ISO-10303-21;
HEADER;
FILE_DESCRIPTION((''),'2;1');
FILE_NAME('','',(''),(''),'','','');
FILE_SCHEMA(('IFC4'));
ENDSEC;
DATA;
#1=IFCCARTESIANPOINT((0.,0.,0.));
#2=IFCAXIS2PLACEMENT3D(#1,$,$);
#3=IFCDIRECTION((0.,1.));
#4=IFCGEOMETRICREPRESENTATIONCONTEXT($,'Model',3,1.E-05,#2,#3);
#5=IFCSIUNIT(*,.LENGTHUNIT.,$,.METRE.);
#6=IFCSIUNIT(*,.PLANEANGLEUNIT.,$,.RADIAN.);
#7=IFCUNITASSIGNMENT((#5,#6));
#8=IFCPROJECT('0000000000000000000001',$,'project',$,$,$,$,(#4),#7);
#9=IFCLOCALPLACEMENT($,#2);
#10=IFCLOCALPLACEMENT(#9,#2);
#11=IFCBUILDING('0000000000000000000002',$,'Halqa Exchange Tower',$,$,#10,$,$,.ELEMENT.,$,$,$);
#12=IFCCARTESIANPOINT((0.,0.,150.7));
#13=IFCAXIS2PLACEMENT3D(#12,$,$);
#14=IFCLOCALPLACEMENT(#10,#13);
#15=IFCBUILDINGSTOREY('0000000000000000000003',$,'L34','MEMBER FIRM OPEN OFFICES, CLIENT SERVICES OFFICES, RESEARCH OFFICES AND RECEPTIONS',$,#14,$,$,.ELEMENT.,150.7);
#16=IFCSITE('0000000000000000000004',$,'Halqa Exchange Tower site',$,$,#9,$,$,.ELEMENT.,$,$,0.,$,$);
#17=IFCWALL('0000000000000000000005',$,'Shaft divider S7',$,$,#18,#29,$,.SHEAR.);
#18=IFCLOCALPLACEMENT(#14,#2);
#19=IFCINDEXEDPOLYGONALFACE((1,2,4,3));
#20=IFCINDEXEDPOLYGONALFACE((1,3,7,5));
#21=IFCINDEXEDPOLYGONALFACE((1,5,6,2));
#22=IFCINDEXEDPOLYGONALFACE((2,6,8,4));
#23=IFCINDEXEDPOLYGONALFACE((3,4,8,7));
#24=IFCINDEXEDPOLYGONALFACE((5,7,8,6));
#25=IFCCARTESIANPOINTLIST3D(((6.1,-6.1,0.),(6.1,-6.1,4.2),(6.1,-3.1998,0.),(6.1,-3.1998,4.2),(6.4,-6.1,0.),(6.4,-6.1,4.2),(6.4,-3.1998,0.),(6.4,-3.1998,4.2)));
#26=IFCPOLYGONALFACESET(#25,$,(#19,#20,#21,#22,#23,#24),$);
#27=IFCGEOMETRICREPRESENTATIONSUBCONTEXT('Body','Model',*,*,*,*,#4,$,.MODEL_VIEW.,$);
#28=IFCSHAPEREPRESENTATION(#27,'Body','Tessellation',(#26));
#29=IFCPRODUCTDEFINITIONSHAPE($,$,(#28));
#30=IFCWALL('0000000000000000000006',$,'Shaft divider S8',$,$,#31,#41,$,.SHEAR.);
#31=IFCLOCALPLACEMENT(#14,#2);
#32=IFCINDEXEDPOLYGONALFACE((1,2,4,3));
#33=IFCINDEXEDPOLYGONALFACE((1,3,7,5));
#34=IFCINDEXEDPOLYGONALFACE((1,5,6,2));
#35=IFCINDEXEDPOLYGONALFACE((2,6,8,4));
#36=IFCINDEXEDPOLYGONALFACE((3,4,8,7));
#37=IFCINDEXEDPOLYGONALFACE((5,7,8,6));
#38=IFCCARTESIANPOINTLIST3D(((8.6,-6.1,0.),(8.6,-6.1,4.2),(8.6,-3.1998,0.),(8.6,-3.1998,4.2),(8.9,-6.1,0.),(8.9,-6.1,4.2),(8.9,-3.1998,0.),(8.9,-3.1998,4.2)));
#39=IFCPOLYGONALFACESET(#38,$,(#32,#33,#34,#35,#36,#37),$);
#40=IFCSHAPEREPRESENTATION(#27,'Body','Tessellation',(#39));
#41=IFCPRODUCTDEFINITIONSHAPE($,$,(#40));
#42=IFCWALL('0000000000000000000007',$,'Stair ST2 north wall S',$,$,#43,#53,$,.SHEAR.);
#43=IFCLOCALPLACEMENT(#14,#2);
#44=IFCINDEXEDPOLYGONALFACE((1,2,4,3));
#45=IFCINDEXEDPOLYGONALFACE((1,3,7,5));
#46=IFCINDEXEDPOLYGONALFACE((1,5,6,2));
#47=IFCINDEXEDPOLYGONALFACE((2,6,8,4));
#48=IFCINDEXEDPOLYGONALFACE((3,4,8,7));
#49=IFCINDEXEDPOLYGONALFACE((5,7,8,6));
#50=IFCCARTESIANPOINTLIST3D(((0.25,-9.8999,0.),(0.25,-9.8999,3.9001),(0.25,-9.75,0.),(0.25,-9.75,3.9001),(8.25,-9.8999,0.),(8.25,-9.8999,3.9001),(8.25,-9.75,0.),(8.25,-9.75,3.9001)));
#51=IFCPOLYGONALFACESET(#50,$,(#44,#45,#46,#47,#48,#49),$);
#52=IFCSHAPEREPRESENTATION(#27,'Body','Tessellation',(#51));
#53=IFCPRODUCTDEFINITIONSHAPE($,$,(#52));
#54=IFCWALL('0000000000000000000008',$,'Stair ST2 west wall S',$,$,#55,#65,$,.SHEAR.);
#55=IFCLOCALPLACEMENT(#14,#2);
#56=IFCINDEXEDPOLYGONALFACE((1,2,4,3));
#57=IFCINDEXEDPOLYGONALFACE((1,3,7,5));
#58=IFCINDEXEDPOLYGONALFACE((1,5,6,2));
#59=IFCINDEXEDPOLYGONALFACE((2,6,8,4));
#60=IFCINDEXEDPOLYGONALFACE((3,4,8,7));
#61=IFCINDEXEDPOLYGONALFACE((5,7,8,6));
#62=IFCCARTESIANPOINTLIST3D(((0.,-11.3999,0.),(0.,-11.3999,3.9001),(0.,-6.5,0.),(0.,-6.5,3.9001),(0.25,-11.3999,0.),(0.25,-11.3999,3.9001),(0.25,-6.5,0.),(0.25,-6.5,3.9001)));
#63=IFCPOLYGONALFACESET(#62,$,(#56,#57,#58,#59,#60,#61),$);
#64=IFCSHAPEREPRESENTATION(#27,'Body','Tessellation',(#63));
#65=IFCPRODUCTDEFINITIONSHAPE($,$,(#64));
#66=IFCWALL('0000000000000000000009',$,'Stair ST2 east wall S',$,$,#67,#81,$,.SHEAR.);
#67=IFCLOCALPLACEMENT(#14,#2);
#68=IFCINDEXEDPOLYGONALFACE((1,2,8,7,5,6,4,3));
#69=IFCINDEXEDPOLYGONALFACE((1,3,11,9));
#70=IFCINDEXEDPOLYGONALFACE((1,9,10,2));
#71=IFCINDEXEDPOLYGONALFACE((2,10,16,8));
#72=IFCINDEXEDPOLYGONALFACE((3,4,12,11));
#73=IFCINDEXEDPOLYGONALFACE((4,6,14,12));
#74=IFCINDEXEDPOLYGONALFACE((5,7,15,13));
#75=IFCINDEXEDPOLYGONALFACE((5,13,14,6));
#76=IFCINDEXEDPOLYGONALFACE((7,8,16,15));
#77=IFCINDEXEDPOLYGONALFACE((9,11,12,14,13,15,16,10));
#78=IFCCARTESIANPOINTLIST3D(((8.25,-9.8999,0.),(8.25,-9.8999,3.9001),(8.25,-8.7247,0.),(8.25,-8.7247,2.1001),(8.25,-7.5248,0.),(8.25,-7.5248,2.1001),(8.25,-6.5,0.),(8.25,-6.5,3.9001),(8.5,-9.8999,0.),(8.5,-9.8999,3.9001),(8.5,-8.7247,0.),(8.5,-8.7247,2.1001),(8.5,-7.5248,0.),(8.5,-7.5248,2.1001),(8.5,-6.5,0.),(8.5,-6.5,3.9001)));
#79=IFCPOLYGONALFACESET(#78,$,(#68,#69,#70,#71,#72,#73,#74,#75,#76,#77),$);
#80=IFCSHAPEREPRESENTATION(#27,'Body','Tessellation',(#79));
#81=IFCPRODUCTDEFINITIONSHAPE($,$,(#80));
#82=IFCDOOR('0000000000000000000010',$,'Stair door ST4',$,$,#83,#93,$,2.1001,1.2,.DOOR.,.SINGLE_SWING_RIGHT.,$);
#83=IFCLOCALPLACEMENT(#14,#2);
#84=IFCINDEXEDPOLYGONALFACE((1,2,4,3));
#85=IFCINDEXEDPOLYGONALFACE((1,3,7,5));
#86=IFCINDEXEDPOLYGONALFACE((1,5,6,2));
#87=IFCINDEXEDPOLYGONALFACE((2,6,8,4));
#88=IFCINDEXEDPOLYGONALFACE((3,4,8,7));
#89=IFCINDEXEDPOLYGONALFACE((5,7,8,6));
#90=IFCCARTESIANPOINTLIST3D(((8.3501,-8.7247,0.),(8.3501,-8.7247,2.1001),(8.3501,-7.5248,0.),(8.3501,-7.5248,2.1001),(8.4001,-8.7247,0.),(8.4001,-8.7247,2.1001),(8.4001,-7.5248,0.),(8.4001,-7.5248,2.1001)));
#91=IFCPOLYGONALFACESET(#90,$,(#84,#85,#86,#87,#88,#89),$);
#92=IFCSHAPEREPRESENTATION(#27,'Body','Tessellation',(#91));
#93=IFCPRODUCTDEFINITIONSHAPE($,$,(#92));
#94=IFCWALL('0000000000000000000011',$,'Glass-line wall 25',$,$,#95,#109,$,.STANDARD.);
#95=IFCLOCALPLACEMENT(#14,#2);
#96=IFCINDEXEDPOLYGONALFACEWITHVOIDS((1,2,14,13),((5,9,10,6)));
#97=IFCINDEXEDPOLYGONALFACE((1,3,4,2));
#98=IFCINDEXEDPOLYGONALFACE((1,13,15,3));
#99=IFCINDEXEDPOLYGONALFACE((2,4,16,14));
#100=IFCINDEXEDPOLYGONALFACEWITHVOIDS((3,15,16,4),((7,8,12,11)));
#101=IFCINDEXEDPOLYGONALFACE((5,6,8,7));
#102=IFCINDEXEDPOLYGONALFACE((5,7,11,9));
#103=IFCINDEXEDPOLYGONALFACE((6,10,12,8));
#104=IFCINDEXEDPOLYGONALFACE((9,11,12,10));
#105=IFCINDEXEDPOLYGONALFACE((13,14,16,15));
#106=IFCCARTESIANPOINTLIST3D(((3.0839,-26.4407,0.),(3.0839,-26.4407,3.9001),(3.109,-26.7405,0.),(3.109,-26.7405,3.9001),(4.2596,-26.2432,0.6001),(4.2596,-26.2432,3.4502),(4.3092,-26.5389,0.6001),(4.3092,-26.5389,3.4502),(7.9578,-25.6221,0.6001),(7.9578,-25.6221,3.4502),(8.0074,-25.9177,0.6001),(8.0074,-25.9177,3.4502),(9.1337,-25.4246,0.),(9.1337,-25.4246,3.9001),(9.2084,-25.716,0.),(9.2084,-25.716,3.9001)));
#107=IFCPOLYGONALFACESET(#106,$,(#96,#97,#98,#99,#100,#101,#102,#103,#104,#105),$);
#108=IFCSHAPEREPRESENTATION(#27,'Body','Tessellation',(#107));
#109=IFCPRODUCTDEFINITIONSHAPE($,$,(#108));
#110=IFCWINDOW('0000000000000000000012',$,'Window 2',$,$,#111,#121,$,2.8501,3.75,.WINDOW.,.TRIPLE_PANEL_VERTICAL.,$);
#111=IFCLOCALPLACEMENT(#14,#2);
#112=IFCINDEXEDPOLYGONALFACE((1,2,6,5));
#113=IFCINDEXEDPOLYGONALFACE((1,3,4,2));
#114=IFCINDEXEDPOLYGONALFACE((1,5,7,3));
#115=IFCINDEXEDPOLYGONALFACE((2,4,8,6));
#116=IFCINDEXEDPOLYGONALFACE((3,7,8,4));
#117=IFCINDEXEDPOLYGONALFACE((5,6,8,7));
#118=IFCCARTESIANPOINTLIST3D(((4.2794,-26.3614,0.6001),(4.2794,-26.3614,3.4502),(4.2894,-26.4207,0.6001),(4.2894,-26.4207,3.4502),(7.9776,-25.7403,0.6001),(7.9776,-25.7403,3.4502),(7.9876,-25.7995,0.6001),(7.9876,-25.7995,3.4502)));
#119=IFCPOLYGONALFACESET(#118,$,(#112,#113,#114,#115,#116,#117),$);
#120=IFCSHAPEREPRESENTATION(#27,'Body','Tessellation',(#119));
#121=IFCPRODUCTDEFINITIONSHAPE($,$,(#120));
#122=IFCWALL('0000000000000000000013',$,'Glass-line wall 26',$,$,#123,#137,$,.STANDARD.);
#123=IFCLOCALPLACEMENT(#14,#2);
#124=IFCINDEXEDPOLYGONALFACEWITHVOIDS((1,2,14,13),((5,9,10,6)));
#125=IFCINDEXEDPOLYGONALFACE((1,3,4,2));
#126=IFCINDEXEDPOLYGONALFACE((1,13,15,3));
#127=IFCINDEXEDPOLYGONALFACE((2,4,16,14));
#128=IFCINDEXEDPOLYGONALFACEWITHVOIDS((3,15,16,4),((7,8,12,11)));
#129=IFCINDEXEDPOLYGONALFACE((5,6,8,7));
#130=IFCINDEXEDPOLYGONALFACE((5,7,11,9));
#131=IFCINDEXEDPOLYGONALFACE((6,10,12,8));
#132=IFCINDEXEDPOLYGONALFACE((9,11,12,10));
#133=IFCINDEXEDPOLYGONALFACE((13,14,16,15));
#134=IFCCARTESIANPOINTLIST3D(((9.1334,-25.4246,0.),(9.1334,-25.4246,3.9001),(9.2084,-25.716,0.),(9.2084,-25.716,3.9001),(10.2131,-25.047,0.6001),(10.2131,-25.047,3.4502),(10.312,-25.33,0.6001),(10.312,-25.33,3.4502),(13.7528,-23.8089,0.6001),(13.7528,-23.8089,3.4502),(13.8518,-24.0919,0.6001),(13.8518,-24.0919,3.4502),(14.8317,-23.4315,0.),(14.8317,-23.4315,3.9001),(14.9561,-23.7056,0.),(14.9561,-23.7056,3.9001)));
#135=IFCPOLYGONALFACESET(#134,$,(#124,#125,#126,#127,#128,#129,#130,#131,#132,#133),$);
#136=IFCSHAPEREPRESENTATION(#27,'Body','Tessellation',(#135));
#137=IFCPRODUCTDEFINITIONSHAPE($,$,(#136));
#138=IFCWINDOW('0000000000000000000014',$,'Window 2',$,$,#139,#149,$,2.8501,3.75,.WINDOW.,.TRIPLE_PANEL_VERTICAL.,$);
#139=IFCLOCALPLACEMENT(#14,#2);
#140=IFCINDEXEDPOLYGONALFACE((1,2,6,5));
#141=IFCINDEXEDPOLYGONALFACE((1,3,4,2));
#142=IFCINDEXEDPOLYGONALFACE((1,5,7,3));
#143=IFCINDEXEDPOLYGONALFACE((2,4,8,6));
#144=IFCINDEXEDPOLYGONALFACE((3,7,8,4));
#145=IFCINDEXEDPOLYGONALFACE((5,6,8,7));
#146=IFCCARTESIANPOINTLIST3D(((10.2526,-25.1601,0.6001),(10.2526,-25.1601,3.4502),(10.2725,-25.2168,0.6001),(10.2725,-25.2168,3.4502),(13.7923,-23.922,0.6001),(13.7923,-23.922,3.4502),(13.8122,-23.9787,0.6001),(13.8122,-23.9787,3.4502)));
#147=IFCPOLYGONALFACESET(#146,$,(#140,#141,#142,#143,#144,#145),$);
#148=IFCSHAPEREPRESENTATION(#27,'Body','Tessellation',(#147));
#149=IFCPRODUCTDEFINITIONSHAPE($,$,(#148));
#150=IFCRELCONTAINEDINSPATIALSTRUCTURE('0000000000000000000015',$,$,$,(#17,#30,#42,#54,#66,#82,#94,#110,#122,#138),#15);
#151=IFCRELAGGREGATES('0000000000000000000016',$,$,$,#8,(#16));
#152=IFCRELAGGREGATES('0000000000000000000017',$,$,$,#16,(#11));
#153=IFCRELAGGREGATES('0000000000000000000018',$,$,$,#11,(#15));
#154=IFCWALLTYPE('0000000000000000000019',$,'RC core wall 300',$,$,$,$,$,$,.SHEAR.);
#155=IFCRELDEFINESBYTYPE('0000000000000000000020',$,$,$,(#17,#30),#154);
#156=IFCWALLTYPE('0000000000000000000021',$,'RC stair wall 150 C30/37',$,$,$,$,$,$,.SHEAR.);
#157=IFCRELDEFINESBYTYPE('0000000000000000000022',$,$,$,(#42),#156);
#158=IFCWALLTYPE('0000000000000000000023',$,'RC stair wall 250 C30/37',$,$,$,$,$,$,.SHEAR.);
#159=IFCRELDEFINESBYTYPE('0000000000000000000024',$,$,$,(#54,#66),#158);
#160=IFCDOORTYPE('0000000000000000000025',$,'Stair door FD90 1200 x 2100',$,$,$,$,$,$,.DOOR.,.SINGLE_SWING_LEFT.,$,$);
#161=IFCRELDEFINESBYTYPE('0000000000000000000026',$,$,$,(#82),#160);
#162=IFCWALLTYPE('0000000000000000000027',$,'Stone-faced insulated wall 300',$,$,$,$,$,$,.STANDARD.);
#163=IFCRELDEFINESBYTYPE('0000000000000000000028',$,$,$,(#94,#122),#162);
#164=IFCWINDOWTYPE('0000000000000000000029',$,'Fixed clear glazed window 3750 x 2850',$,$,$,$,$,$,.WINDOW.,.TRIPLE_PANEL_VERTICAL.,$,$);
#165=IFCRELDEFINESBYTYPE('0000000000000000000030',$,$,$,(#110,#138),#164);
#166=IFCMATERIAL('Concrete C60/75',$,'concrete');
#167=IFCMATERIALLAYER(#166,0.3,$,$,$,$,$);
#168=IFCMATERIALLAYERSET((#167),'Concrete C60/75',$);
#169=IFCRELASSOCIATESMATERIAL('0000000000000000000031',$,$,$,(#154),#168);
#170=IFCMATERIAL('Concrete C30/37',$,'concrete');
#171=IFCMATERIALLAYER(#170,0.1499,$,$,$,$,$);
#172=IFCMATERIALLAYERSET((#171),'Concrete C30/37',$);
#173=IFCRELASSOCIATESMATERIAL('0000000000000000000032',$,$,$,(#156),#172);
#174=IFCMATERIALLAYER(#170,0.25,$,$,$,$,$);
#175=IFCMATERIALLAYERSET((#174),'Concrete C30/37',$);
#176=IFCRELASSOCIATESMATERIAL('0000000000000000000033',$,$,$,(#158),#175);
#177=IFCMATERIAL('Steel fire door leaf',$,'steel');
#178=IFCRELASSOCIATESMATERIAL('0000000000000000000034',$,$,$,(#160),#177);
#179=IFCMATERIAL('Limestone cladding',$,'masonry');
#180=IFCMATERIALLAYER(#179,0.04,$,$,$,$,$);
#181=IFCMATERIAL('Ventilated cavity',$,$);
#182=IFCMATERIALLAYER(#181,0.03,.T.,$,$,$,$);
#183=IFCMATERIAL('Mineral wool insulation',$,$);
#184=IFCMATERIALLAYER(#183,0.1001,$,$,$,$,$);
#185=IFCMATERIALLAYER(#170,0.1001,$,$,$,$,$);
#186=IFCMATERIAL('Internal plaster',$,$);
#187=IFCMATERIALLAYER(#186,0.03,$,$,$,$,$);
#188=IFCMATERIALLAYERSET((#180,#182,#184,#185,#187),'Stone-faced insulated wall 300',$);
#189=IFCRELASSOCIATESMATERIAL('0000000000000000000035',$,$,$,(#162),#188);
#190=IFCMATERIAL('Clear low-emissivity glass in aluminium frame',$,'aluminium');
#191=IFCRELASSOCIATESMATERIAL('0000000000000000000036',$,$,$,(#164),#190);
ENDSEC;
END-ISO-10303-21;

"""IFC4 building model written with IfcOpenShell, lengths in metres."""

from ifc_helpers import new_model, si_unit, direction, frame, frame_2d, origin, place, context, subcontext, project, spatial, polyline, rectangle, outline, extrude, material, layer, layer_set, type_object, element, fill, save


model = new_model("IFC4")

# Units and contexts
model_context = context("Model", 3, precision=1e-05, world=origin(), true_north=direction((0.0, 1.0)))
body_context = subcontext(model_context, "Body", "Model", "MODEL_VIEW")
ifc_project = project(units=[si_unit("LENGTHUNIT", "METRE"), si_unit("PLANEANGLEUNIT", "RADIAN")], contexts=[model_context])

# Site, building, storey
site_placement = place(None, origin())
site = spatial("IfcSite", under=ifc_project, at=site_placement, Name="Halqa Exchange Tower site", CompositionType="ELEMENT", RefElevation=0.0)
building_placement = place(site_placement, origin())
building = spatial("IfcBuilding", under=site, at=building_placement, Name="Halqa Exchange Tower", CompositionType="ELEMENT")
storey_placement = place(building_placement, frame((0.0, 0.0, 150.7)))
storey = spatial("IfcBuildingStorey", under=building, at=storey_placement, Name="L34", Description="MEMBER FIRM OPEN OFFICES, CLIENT SERVICES OFFICES, RESEARCH OFFICES AND RECEPTIONS", CompositionType="ELEMENT", Elevation=150.7)

# Shared definitions
ifc_material_1 = material(Name="Concrete C60/75", Category="concrete")

# Walls
ifc_layer_1 = layer(ifc_material_1, 0.3)
ifc_layer_set_1 = layer_set([ifc_layer_1], Name="Concrete C60/75")
wall_type_1 = type_object("IfcWallType", Name="RC core wall 300", PredefinedType="SHEAR", material=ifc_layer_set_1)
for number, where, z_axis, x_axis, name in (
    (1, (6.25, -6.1001, 0.0), (0.0, 0.0, 1.0), (0.0, 1.0, 0.0), "Shaft divider S7"),
    (2, (8.75, -6.1001, 0.0), (0.0, 0.0, 1.0), (0.0, 1.0, 0.0), "Shaft divider S8"),
):
    element("IfcWall", number, at=place(storey_placement, frame(where, z_axis=z_axis, x_axis=x_axis)), inside=storey, type_object=wall_type_1, Name=name, PredefinedType="SHEAR", context=body_context, shape_type="SweptSolid", body=[
        extrude(rectangle(XDim=2.9001, YDim=0.3, at=frame_2d((1.4502, 0.0))), origin(), (0.0, 0.0, 1.0), 4.2),
    ])
ifc_material_2 = material(Name="Concrete C30/37", Category="concrete")
ifc_layer_2 = layer(ifc_material_2, 0.1499)
ifc_layer_set_2 = layer_set([ifc_layer_2], Name="Concrete C30/37")
wall_type_2 = type_object("IfcWallType", Name="RC stair wall 150 C30/37", PredefinedType="SHEAR", material=ifc_layer_set_2)
wall_1_placement = place(storey_placement, frame((0.25, -9.825, 0.0), z_axis=(0.0, 0.0, 1.0), x_axis=(1.0, 0.0, 0.0)))
element("IfcWall", 3, at=wall_1_placement, inside=storey, type_object=wall_type_2, Name="Stair ST2 north wall S", PredefinedType="SHEAR", context=body_context, shape_type="SweptSolid", body=[
    extrude(rectangle(XDim=8.0, YDim=0.1499, at=frame_2d((4.0, 0.0))), origin(), (0.0, 0.0, 1.0), 3.9001),
])
ifc_layer_3 = layer(ifc_material_2, 0.25)
ifc_layer_set_3 = layer_set([ifc_layer_3], Name="Concrete C30/37")
wall_type_3 = type_object("IfcWallType", Name="RC stair wall 250 C30/37", PredefinedType="SHEAR", material=ifc_layer_set_3)
wall_2_placement = place(storey_placement, frame((0.125, -11.3999, 0.0), z_axis=(0.0, 0.0, 1.0), x_axis=(0.0, 1.0, 0.0)))
element("IfcWall", 4, at=wall_2_placement, inside=storey, type_object=wall_type_3, Name="Stair ST2 west wall S", PredefinedType="SHEAR", context=body_context, shape_type="SweptSolid", body=[
    extrude(rectangle(XDim=4.8999, YDim=0.25, at=frame_2d((2.45, 0.0))), origin(), (0.0, 0.0, 1.0), 3.9001),
])

# Wall, opening, door
wall_3_placement = place(storey_placement, frame((8.375, -9.8999, 0.0), z_axis=(0.0, 0.0, 1.0), x_axis=(0.0, 1.0, 0.0)))
wall_3 = element("IfcWall", 5, at=wall_3_placement, inside=storey, type_object=wall_type_3, Name="Stair ST2 east wall S", PredefinedType="SHEAR", context=body_context, shape_type="SweptSolid", body=[
    extrude(rectangle(XDim=3.3999, YDim=0.25, at=frame_2d((1.7, 0.0))), origin(), (0.0, 0.0, 1.0), 3.9001),
])
opening_1_placement = place(wall_3_placement, frame((1.175, 0.0, 0.0)))
opening_1 = element("IfcOpeningElement", 6, at=opening_1_placement, cuts=wall_3, PredefinedType="OPENING", context=body_context, shape_type="SweptSolid", body=[
    extrude(rectangle(XDim=1.2, YDim=2.1001, at=frame_2d((0.6001, 1.05))), frame((0.0, 0.137, 0.0), z_axis=(0.0, -1.0, 0.0), x_axis=(1.0, 0.0, 0.0)), (0.0, 0.0, 1.0), 0.2739),
])
ifc_material_3 = material(Name="Steel fire door leaf", Category="steel")
door_type = type_object("IfcDoorType", Name="Stair door FD90 1200 x 2100", OperationType="SINGLE_SWING_LEFT", PredefinedType="DOOR", material=ifc_material_3)
door_placement = place(opening_1_placement, origin())
door = element("IfcDoor", 7, at=door_placement, inside=storey, type_object=door_type, Name="Stair door ST4", OperationType="SINGLE_SWING_RIGHT", OverallHeight=2.1001, OverallWidth=1.2, PredefinedType="DOOR", context=body_context, shape_type="SweptSolid", body=[
    extrude(rectangle(XDim=1.2, YDim=2.1001, at=frame_2d((0.6001, 1.05))), frame((0.0, 0.0249, 0.0), z_axis=(0.0, -1.0, 0.0), x_axis=(1.0, 0.0, 0.0)), (0.0, 0.0, 1.0), 0.05),
])
fill(opening_1, door)

# Walls, openings, windows
ifc_material_4 = material(Name="Limestone cladding", Category="masonry")
ifc_layer_4 = layer(ifc_material_4, 0.04)
ifc_material_5 = material(Name="Ventilated cavity")
ifc_layer_5 = layer(ifc_material_5, 0.03, ventilated=True)
ifc_material_6 = material(Name="Mineral wool insulation")
ifc_layer_6 = layer(ifc_material_6, 0.1001)
ifc_layer_7 = layer(ifc_material_2, 0.1001)
ifc_material_7 = material(Name="Internal plaster")
ifc_layer_8 = layer(ifc_material_7, 0.03)
ifc_layer_set_4 = layer_set([ifc_layer_4, ifc_layer_5, ifc_layer_6, ifc_layer_7, ifc_layer_8], Name="Stone-faced insulated wall 300")
wall_type_4 = type_object("IfcWallType", Name="Stone-faced insulated wall 300", PredefinedType="STANDARD", material=ifc_layer_set_4)
wall_4_placement = place(storey_placement, frame((3.0964, -26.5906, 0.0), z_axis=(0.0, 0.0, 1.0), x_axis=(0.986186, 0.165639, 0.0)))
wall_4 = element("IfcWall", 8, at=wall_4_placement, inside=storey, type_object=wall_type_4, Name="Glass-line wall 25", PredefinedType="STANDARD", context=body_context, shape_type="SweptSolid", body=[
    extrude(outline(polyline([(-0.0125, -0.1499), (6.1724, -0.1499), (6.147, 0.1499), (0.0125, 0.1499), (-0.0125, -0.1499)])), origin(), (0.0, 0.0, 1.0), 3.9001),
])
opening_2_placement = place(wall_4_placement, frame((1.2046, 0.0, 0.6001)))
opening_2 = element("IfcOpeningElement", 9, at=opening_2_placement, cuts=wall_4, PredefinedType="OPENING", context=body_context, shape_type="SweptSolid", body=[
    extrude(rectangle(XDim=3.75, YDim=2.8501, at=frame_2d((1.875, 1.425))), frame((0.0, 0.1621, 0.0), z_axis=(0.0, -1.0, 0.0), x_axis=(1.0, 0.0, 0.0)), (0.0, 0.0, 1.0), 0.324),
])
ifc_material_8 = material(Name="Clear low-emissivity glass in aluminium frame", Category="aluminium")
window_type = type_object("IfcWindowType", Name="Fixed clear glazed window 3750 x 2850", PartitioningType="TRIPLE_PANEL_VERTICAL", PredefinedType="WINDOW", material=ifc_material_8)
window_1_placement = place(opening_2_placement, origin())
window_1 = element("IfcWindow", 10, at=window_1_placement, inside=storey, type_object=window_type, Name="Window 2", OverallHeight=2.8501, OverallWidth=3.75, PartitioningType="TRIPLE_PANEL_VERTICAL", PredefinedType="WINDOW", context=body_context, shape_type="SweptSolid", body=[
    extrude(rectangle(XDim=3.75, YDim=2.8501, at=frame_2d((1.875, 1.425))), frame((0.0, 0.03, 0.0), z_axis=(0.0, -1.0, 0.0), x_axis=(1.0, 0.0, 0.0)), (0.0, 0.0, 1.0), 0.0601),
])
fill(opening_2, window_1)
wall_5_placement = place(storey_placement, frame((9.1709, -25.5703, 0.0), z_axis=(0.0, 0.0, 1.0), x_axis=(0.943926, 0.330158, 0.0)))
wall_5 = element("IfcWall", 11, at=wall_5_placement, inside=storey, type_object=wall_type_4, Name="Glass-line wall 26", PredefinedType="STANDARD", context=body_context, shape_type="SweptSolid", body=[
    extrude(outline(polyline([(-0.0127, -0.1499), (6.0764, -0.1499), (6.0496, 0.1499), (0.0127, 0.1499), (-0.0127, -0.1499)])), origin(), (0.0, 0.0, 1.0), 3.9001),
])
opening_3_placement = place(wall_5_placement, frame((1.1565, 0.0, 0.6001)))
opening_3 = element("IfcOpeningElement", 12, at=opening_3_placement, cuts=wall_5, PredefinedType="OPENING", context=body_context, shape_type="SweptSolid", body=[
    extrude(rectangle(XDim=3.75, YDim=2.8501, at=frame_2d((1.875, 1.425))), frame((0.0, 0.1621, 0.0), z_axis=(0.0, -1.0, 0.0), x_axis=(1.0, 0.0, 0.0)), (0.0, 0.0, 1.0), 0.324),
])
window_2_placement = place(opening_3_placement, origin())
window_2 = element("IfcWindow", 13, at=window_2_placement, inside=storey, type_object=window_type, Name="Window 2", OverallHeight=2.8501, OverallWidth=3.75, PartitioningType="TRIPLE_PANEL_VERTICAL", PredefinedType="WINDOW", context=body_context, shape_type="SweptSolid", body=[
    extrude(rectangle(XDim=3.75, YDim=2.8501, at=frame_2d((1.875, 1.425))), frame((0.0, 0.03, 0.0), z_axis=(0.0, -1.0, 0.0), x_axis=(1.0, 0.0, 0.0)), (0.0, 0.0, 1.0), 0.0601),
])
fill(opening_3, window_2)

save(model, "model.ifc")
